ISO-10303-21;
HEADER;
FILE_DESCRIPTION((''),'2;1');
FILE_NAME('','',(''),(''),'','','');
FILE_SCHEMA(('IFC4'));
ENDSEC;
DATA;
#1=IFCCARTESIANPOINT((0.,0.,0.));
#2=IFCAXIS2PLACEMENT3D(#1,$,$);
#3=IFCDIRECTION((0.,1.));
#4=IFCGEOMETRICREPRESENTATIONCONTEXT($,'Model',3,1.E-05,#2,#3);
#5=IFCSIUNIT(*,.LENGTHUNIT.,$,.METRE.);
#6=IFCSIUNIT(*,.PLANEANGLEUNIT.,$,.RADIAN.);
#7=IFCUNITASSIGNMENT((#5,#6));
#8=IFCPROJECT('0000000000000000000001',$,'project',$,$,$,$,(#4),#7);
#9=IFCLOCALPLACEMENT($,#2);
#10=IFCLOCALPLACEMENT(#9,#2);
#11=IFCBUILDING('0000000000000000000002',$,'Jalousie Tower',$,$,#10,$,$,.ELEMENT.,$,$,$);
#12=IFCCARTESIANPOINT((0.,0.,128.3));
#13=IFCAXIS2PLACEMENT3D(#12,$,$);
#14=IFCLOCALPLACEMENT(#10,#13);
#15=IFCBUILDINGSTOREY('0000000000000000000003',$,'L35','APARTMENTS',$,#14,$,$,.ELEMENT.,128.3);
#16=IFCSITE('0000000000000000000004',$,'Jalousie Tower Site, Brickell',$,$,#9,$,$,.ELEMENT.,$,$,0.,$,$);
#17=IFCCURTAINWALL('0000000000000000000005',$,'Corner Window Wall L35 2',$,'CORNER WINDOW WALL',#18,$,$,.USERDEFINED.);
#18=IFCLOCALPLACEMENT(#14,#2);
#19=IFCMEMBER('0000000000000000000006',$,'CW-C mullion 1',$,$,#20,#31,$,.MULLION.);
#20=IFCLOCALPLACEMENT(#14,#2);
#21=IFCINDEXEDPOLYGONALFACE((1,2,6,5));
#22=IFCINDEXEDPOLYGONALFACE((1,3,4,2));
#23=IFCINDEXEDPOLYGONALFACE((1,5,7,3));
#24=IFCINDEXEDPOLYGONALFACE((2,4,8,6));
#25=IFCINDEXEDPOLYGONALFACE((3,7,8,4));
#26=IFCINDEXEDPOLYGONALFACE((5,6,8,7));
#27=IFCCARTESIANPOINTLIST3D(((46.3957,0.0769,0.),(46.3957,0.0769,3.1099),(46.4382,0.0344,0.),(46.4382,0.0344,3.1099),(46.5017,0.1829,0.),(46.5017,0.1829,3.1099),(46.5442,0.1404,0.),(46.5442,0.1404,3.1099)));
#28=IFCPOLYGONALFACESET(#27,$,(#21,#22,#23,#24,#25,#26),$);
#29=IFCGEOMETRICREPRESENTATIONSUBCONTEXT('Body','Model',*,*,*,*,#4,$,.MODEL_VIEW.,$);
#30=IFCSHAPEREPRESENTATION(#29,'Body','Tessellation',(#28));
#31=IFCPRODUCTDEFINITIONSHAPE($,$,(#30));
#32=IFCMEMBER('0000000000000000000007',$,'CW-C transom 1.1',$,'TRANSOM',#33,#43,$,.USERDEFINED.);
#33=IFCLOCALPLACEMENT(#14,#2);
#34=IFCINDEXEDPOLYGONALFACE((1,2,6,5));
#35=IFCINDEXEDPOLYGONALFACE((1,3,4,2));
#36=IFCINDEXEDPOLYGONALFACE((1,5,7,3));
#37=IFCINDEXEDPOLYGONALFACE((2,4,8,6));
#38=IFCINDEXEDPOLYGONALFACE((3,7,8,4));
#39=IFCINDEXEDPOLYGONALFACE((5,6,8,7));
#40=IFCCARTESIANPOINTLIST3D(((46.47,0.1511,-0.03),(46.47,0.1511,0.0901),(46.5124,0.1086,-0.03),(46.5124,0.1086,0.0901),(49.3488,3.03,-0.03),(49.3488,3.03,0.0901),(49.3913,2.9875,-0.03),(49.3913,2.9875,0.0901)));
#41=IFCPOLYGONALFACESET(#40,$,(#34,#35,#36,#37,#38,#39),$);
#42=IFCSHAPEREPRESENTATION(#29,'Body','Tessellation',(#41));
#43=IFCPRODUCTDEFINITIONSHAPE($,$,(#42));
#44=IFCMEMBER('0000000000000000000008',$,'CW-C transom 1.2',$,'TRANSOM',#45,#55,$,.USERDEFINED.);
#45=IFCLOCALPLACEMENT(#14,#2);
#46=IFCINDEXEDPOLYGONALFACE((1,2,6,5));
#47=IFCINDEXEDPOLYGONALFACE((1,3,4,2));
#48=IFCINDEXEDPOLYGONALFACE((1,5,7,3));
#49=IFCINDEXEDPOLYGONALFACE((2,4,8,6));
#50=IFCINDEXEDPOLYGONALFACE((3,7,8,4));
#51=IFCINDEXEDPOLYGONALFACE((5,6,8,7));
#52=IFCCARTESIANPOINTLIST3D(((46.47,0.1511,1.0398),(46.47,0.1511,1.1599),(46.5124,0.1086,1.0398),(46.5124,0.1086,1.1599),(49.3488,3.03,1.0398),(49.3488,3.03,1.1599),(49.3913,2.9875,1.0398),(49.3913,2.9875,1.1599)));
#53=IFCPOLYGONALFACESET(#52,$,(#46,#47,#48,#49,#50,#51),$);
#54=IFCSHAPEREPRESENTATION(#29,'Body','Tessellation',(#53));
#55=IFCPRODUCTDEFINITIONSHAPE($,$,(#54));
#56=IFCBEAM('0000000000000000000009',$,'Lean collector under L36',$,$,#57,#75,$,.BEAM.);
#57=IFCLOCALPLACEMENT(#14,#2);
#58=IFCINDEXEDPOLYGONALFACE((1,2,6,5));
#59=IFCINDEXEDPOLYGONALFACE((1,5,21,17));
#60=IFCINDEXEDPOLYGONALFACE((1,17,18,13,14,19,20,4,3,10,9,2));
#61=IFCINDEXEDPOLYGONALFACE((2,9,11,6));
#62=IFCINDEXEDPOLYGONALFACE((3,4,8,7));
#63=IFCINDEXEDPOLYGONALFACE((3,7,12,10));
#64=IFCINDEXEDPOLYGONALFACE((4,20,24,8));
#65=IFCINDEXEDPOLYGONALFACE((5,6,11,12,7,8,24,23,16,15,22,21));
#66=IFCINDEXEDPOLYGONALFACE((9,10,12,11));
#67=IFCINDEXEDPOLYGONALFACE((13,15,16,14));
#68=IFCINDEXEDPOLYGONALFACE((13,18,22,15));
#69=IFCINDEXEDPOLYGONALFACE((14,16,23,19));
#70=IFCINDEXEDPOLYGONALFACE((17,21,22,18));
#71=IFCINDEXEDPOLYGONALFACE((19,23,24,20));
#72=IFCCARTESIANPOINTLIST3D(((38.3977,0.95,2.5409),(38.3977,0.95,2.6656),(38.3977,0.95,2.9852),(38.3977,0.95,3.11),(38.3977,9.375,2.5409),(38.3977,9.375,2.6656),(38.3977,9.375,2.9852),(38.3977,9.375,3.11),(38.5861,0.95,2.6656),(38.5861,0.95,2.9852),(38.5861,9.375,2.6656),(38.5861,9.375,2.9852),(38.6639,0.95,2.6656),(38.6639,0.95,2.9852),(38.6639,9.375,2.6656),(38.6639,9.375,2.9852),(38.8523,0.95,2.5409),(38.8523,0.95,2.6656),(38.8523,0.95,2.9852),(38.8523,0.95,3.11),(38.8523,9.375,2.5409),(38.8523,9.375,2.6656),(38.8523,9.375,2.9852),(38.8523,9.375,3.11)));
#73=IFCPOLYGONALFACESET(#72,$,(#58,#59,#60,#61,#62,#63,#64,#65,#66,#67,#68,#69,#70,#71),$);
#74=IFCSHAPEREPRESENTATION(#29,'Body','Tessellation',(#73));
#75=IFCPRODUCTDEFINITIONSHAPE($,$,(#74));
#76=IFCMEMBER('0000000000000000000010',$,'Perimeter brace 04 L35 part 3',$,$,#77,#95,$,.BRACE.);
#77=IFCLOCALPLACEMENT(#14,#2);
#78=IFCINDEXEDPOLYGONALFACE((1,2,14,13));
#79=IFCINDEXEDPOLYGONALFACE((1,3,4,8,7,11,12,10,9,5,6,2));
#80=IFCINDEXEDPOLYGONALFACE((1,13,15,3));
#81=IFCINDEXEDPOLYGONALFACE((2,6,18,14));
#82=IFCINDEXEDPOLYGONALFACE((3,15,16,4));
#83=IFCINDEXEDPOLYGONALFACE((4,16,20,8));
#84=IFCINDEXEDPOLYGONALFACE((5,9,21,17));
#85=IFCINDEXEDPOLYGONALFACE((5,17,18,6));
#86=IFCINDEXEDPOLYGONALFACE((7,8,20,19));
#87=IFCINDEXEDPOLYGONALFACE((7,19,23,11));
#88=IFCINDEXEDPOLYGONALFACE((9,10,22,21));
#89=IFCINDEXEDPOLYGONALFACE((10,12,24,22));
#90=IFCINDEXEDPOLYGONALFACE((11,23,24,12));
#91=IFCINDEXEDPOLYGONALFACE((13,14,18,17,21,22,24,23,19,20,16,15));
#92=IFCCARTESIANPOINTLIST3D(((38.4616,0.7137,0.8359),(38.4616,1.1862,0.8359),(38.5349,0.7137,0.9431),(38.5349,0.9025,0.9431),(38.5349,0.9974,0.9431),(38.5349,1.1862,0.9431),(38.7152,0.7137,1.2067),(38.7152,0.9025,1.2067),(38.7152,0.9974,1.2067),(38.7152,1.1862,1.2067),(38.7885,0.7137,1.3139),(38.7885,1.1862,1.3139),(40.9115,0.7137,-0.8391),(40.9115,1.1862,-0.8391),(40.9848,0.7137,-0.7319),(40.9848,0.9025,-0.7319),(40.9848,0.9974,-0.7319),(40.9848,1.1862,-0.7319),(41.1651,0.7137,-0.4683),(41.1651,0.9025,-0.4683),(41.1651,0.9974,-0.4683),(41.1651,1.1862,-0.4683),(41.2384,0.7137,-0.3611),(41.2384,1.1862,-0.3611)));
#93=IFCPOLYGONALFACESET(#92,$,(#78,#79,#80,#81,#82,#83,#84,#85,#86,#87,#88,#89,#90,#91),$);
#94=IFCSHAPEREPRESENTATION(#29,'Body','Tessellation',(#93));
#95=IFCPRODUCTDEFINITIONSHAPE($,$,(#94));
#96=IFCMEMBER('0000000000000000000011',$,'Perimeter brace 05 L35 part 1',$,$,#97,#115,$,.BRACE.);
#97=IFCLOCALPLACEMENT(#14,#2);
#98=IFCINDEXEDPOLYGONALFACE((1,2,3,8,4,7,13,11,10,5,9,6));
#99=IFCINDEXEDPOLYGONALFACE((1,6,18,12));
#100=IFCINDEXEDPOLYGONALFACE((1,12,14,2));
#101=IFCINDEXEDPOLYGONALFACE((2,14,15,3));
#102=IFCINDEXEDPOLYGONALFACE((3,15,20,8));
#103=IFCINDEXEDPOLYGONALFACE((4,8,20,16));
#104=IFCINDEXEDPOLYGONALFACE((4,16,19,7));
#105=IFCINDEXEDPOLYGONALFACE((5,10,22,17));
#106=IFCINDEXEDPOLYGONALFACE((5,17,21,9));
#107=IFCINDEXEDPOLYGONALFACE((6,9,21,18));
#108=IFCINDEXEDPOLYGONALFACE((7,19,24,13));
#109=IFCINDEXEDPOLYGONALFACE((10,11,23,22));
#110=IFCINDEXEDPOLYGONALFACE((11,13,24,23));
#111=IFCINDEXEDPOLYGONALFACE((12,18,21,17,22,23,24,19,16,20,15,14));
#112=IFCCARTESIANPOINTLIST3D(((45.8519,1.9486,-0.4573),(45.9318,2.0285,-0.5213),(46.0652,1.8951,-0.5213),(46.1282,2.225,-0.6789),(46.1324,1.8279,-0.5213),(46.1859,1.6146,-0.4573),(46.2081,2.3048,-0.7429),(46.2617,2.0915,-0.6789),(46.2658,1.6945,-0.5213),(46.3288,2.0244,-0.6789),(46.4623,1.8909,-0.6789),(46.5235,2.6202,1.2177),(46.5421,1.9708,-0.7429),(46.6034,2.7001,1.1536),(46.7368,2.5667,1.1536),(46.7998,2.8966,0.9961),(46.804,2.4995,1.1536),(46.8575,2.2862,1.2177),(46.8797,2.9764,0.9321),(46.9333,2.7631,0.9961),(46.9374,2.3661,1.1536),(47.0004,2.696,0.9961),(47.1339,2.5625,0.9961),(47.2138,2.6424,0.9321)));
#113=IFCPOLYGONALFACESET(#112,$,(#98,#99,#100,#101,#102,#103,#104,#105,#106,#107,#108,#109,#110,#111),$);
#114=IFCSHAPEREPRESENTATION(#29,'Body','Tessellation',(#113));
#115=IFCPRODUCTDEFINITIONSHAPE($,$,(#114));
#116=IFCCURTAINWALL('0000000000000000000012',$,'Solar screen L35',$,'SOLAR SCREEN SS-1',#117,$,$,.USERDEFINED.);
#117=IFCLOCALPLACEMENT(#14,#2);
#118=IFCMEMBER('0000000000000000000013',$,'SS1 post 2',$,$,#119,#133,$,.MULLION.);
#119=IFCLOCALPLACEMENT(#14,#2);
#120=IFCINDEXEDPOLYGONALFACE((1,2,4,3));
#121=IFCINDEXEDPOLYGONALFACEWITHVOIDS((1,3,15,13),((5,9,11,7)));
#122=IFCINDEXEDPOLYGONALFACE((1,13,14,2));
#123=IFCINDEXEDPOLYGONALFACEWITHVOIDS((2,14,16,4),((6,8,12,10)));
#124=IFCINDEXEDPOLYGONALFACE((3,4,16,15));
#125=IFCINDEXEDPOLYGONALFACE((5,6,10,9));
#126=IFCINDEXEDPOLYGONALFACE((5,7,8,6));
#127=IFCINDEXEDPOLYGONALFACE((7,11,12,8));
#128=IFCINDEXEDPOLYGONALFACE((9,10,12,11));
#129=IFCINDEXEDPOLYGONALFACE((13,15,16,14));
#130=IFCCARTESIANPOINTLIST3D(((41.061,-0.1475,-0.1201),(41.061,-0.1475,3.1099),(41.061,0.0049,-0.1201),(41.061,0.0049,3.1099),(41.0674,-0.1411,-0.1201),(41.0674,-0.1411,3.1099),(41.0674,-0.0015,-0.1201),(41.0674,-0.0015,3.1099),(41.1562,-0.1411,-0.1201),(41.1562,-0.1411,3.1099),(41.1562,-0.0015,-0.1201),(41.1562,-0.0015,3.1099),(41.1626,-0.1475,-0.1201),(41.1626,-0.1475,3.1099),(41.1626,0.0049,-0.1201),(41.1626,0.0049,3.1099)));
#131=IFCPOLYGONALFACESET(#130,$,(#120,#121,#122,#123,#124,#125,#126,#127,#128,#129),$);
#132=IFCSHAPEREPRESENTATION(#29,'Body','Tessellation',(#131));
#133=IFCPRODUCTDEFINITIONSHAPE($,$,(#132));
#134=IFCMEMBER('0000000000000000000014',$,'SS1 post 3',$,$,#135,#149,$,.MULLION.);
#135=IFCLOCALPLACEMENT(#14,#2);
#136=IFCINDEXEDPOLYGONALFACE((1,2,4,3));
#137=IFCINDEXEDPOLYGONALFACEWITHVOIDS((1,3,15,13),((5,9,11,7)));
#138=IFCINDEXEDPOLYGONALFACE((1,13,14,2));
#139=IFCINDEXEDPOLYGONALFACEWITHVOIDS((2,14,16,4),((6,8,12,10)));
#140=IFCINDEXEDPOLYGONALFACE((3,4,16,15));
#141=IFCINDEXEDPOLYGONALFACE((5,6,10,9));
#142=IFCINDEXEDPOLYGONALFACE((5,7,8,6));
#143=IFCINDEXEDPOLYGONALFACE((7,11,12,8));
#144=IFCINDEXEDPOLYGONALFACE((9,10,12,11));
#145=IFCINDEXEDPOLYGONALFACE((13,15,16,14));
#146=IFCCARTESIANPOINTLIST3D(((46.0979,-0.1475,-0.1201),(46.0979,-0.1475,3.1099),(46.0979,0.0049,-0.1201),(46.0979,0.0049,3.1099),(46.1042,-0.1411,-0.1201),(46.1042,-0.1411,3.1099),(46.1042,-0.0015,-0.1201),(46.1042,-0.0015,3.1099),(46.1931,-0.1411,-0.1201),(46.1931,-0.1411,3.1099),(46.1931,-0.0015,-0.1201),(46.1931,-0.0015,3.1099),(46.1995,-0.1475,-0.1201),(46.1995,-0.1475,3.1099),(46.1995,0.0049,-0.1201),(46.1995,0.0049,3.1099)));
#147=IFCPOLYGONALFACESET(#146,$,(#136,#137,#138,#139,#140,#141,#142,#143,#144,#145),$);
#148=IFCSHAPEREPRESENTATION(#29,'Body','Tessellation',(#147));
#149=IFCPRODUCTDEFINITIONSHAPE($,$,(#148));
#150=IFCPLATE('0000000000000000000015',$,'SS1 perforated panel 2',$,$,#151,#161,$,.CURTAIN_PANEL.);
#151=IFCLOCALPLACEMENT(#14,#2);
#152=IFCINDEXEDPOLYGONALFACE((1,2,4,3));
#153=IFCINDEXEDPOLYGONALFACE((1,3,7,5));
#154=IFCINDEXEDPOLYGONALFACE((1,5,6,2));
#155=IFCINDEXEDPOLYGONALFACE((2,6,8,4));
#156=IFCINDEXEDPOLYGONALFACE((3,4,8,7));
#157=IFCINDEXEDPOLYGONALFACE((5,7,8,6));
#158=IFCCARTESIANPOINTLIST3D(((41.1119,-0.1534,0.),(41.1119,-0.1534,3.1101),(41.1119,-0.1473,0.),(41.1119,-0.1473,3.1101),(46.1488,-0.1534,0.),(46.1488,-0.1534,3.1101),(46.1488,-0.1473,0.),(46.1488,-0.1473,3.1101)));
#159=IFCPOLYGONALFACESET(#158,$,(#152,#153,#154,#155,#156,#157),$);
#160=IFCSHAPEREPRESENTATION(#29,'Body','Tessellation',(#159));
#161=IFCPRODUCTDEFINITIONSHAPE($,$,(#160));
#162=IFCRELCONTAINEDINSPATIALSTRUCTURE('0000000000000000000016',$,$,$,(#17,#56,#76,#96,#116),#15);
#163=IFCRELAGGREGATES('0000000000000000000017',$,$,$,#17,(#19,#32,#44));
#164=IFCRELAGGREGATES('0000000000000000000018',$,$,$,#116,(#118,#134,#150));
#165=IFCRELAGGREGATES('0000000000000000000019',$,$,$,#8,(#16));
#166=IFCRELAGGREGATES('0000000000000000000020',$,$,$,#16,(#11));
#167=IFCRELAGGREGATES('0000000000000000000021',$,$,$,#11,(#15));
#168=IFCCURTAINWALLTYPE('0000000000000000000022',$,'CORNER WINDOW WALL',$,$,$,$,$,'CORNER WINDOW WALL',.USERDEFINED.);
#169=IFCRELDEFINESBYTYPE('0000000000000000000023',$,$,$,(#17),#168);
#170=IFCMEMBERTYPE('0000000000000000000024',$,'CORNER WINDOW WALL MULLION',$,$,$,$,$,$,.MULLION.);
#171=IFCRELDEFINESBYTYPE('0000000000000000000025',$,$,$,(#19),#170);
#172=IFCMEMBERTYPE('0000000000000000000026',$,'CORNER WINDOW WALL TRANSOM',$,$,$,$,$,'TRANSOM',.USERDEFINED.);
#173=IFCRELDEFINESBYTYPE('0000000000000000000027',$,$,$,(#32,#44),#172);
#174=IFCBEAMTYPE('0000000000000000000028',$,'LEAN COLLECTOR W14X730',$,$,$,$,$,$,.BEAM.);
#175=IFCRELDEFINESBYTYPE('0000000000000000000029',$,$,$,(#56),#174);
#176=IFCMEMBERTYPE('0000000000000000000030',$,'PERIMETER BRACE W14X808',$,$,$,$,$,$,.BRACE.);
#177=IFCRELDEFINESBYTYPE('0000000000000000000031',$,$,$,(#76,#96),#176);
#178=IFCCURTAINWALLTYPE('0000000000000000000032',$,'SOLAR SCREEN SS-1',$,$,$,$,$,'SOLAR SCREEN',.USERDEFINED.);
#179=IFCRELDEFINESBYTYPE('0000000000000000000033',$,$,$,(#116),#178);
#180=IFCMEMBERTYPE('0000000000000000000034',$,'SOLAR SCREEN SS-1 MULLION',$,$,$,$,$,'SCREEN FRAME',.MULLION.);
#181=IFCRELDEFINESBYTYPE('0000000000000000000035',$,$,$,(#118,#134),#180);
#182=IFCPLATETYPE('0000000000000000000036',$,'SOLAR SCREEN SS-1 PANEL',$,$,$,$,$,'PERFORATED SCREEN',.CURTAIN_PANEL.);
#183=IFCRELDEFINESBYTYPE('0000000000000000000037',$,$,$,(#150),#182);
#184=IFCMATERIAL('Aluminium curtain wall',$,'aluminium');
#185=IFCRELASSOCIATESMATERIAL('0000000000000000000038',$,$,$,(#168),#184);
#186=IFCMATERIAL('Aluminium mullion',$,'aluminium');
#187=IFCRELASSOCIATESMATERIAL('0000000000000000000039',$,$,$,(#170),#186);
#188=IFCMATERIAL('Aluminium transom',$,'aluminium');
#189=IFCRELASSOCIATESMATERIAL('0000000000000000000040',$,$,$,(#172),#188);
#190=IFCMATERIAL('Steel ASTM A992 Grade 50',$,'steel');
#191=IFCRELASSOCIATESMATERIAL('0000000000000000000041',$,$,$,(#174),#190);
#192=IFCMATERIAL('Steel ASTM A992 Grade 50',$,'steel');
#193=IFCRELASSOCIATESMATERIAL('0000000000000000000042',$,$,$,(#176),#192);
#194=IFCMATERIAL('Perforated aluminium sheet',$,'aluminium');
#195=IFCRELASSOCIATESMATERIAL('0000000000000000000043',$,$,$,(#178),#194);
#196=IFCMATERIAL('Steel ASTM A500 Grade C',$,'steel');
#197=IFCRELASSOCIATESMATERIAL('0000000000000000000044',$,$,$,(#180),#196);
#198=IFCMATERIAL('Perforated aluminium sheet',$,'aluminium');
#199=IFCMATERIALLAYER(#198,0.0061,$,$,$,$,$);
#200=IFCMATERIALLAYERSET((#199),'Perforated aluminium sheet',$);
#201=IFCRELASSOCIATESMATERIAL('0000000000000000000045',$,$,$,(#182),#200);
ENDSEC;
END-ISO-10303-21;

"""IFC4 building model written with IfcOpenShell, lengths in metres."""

from ifc_helpers import new_model, si_unit, direction, frame, origin, origin_2d, place, context, subcontext, project, spatial, rectangle, hollow_rectangle, i_section, extrude, material, layer, layer_set, material_profile, profile_set, type_object, element, aggregate, save


model = new_model("IFC4")

# Units and contexts
model_context = context("Model", 3, precision=1e-05, world=origin(), true_north=direction((0.0, 1.0)))
body_context = subcontext(model_context, "Body", "Model", "MODEL_VIEW")
ifc_project = project(units=[si_unit("LENGTHUNIT", "METRE"), si_unit("PLANEANGLEUNIT", "RADIAN")], contexts=[model_context])

# Site, building, storey
site_placement = place(None, origin())
site = spatial("IfcSite", under=ifc_project, at=site_placement, Name="Jalousie Tower Site, Brickell", CompositionType="ELEMENT", RefElevation=0.0)
building_placement = place(site_placement, origin())
building = spatial("IfcBuilding", under=site, at=building_placement, Name="Jalousie Tower", CompositionType="ELEMENT")
storey_placement = place(building_placement, frame((0.0, 0.0, 128.3)))
storey = spatial("IfcBuildingStorey", under=building, at=storey_placement, Name="L35", Description="APARTMENTS", CompositionType="ELEMENT", Elevation=128.3)

# Curtain wall, members
ifc_material_1 = material(Name="Aluminium curtain wall", Category="aluminium")
curtain_wall_type_1 = type_object("IfcCurtainWallType", Name="CORNER WINDOW WALL", ElementType="CORNER WINDOW WALL", PredefinedType="USERDEFINED", material=ifc_material_1)
curtain_wall_1_placement = place(storey_placement, origin())
curtain_wall_1 = element("IfcCurtainWall", 1, at=curtain_wall_1_placement, inside=storey, type_object=curtain_wall_type_1, Name="Corner Window Wall L35 2", ObjectType="CORNER WINDOW WALL", PredefinedType="USERDEFINED")
ifc_material_2 = material(Name="Aluminium mullion", Category="aluminium")
ifc_material_profile_1 = material_profile(ifc_material_2, rectangle(XDim=0.0601, YDim=0.1499, at=origin_2d()), Name="MULLION 60x150")
ifc_profile_set_1 = profile_set([ifc_material_profile_1], Name="Aluminium mullion")
member_type_1 = type_object("IfcMemberType", Name="CORNER WINDOW WALL MULLION", PredefinedType="MULLION", material=ifc_profile_set_1)
member_1_placement = place(storey_placement, frame((46.47, 0.1086, 0.0), z_axis=(0.0, 0.0, 1.0), x_axis=(-0.707107, 0.707107, 0.0)))
member_1 = element("IfcMember", 2, at=member_1_placement, type_object=member_type_1, Name="CW-C mullion 1", PredefinedType="MULLION", context=body_context, shape_type="SweptSolid", body=[
    extrude(rectangle(XDim=0.0601, YDim=0.1499, at=origin_2d()), origin(), (0.0, 0.0, 1.0), 3.1099),
])
ifc_material_3 = material(Name="Aluminium transom", Category="aluminium")
ifc_material_profile_2 = material_profile(ifc_material_3, rectangle(XDim=0.0601, YDim=0.1201, at=origin_2d()), Name="TRANSOM 60x120")
ifc_profile_set_2 = profile_set([ifc_material_profile_2], Name="Aluminium transom")
member_type_2 = type_object("IfcMemberType", Name="CORNER WINDOW WALL TRANSOM", ElementType="TRANSOM", PredefinedType="USERDEFINED", material=ifc_profile_set_2)
member_2_placement = place(storey_placement, frame((46.4912, 0.1299, 0.03), z_axis=(0.707107, 0.707107, 0.0), x_axis=(-0.707107, 0.707107, 0.0)))
member_2 = element("IfcMember", 3, at=member_2_placement, type_object=member_type_2, Name="CW-C transom 1.1", ObjectType="TRANSOM", PredefinedType="USERDEFINED", context=body_context, shape_type="SweptSolid", body=[
    extrude(rectangle(XDim=0.0601, YDim=0.1201, at=origin_2d()), origin(), (0.0, 0.0, 1.0), 4.0713),
])
member_3_placement = place(storey_placement, frame((46.4912, 0.1299, 1.0999), z_axis=(0.707107, 0.707107, 0.0), x_axis=(-0.707107, 0.707107, 0.0)))
member_3 = element("IfcMember", 4, at=member_3_placement, type_object=member_type_2, Name="CW-C transom 1.2", ObjectType="TRANSOM", PredefinedType="USERDEFINED", context=body_context, shape_type="SweptSolid", body=[
    extrude(rectangle(XDim=0.0601, YDim=0.1201, at=origin_2d()), origin(), (0.0, 0.0, 1.0), 4.0713),
])
aggregate(curtain_wall_1, [member_1, member_2, member_3])

# Beam
ifc_material_4 = material(Name="Steel ASTM A992 Grade 50", Category="steel")
ifc_material_profile_3 = material_profile(ifc_material_4, i_section(OverallWidth=0.4546, OverallDepth=0.5691, WebThickness=0.0779, FlangeThickness=0.1248, at=origin_2d()), Name="W14X730")
ifc_profile_set_3 = profile_set([ifc_material_profile_3], Name="Steel ASTM A992 Grade 50")
beam_type = type_object("IfcBeamType", Name="LEAN COLLECTOR W14X730", PredefinedType="BEAM", material=ifc_profile_set_3)
beam_placement = place(storey_placement, frame((38.625, 0.95, 2.8254), z_axis=(0.0, 1.0, 0.0), x_axis=(-1.0, 0.0, 0.0)))
element("IfcBeam", 5, at=beam_placement, inside=storey, type_object=beam_type, Name="Lean collector under L36", PredefinedType="BEAM", context=body_context, shape_type="SweptSolid", body=[
    extrude(i_section(OverallWidth=0.4546, OverallDepth=0.5691, WebThickness=0.0779, FlangeThickness=0.1248, at=origin_2d()), origin(), (0.0, 0.0, 1.0), 8.425),
])

# Members
ifc_material_5 = material(Name="Steel ASTM A992 Grade 50", Category="steel")
ifc_material_profile_4 = material_profile(ifc_material_5, i_section(OverallWidth=0.4724, OverallDepth=0.5791, WebThickness=0.095, FlangeThickness=0.1299, at=origin_2d()), Name="W14X808")
ifc_profile_set_4 = profile_set([ifc_material_profile_4], Name="Steel ASTM A992 Grade 50")
member_type_3 = type_object("IfcMemberType", Name="PERIMETER BRACE W14X808", PredefinedType="BRACE", material=ifc_profile_set_4)
member_4_placement = place(storey_placement, frame((41.075, 0.95, -0.6001), z_axis=(-0.825501, 0.0, 0.564401), x_axis=(0.0, -1.0, 0.0)))
element("IfcMember", 6, at=member_4_placement, inside=storey, type_object=member_type_3, Name="Perimeter brace 04 L35 part 3", PredefinedType="BRACE", context=body_context, shape_type="SweptSolid", body=[
    extrude(i_section(OverallWidth=0.4724, OverallDepth=0.5791, WebThickness=0.095, FlangeThickness=0.1299, at=origin_2d()), origin(), (0.0, 0.0, 1.0), 2.9678),
])
member_5_placement = place(storey_placement, frame((46.197, 1.9597, -0.6001), z_axis=(0.348789, 0.348789, 0.869881), x_axis=(-0.707107, 0.707107, 0.0)))
element("IfcMember", 7, at=member_5_placement, inside=storey, type_object=member_type_3, Name="Perimeter brace 05 L35 part 1", PredefinedType="BRACE", context=body_context, shape_type="SweptSolid", body=[
    extrude(i_section(OverallWidth=0.4724, OverallDepth=0.5791, WebThickness=0.095, FlangeThickness=0.1299, at=origin_2d()), origin(), (0.0, 0.0, 1.0), 1.9255),
])

# Curtain wall, members, plate
ifc_material_6 = material(Name="Perforated aluminium sheet", Category="aluminium")
curtain_wall_type_2 = type_object("IfcCurtainWallType", Name="SOLAR SCREEN SS-1", ElementType="SOLAR SCREEN", PredefinedType="USERDEFINED", material=ifc_material_6)
curtain_wall_2_placement = place(storey_placement, origin())
curtain_wall_2 = element("IfcCurtainWall", 8, at=curtain_wall_2_placement, inside=storey, type_object=curtain_wall_type_2, Name="Solar screen L35", ObjectType="SOLAR SCREEN SS-1", PredefinedType="USERDEFINED")
ifc_material_7 = material(Name="Steel ASTM A500 Grade C", Category="steel")
ifc_material_profile_5 = material_profile(ifc_material_7, hollow_rectangle(XDim=0.1016, YDim=0.1523, WallThickness=0.0063, at=origin_2d()), Name="HSS6X4X1/4")
ifc_profile_set_5 = profile_set([ifc_material_profile_5], Name="Steel ASTM A500 Grade C")
member_type_4 = type_object("IfcMemberType", Name="SOLAR SCREEN SS-1 MULLION", ElementType="SCREEN FRAME", PredefinedType="MULLION", material=ifc_profile_set_5)
member_6_placement = place(storey_placement, frame((41.1118, -0.0713, -0.1201), z_axis=(0.0, 0.0, 1.0), x_axis=(1.0, 0.0, 0.0)))
member_6 = element("IfcMember", 9, at=member_6_placement, type_object=member_type_4, Name="SS1 post 2", PredefinedType="MULLION", context=body_context, shape_type="SweptSolid", body=[
    extrude(hollow_rectangle(XDim=0.1016, YDim=0.1523, WallThickness=0.0063, at=origin_2d()), origin(), (0.0, 0.0, 1.0), 3.23),
])
member_7_placement = place(storey_placement, frame((46.1487, -0.0713, -0.1201), z_axis=(0.0, 0.0, 1.0), x_axis=(1.0, 0.0, 0.0)))
member_7 = element("IfcMember", 10, at=member_7_placement, type_object=member_type_4, Name="SS1 post 3", PredefinedType="MULLION", context=body_context, shape_type="SweptSolid", body=[
    extrude(hollow_rectangle(XDim=0.1016, YDim=0.1523, WallThickness=0.0063, at=origin_2d()), origin(), (0.0, 0.0, 1.0), 3.23),
])
ifc_material_8 = material(Name="Perforated aluminium sheet", Category="aluminium")
ifc_layer = layer(ifc_material_8, 0.0061)
ifc_layer_set = layer_set([ifc_layer], Name="Perforated aluminium sheet")
plate_type = type_object("IfcPlateType", Name="SOLAR SCREEN SS-1 PANEL", ElementType="PERFORATED SCREEN", PredefinedType="CURTAIN_PANEL", material=ifc_layer_set)
plate_placement = place(storey_placement, frame((43.6304, -0.1504, 0.0), z_axis=(0.0, 0.0, 1.0), x_axis=(1.0, 0.0, 0.0)))
plate = element("IfcPlate", 11, at=plate_placement, type_object=plate_type, Name="SS1 perforated panel 2", PredefinedType="CURTAIN_PANEL", context=body_context, shape_type="SweptSolid", body=[
    extrude(rectangle(XDim=5.0369, YDim=0.0061, at=origin_2d()), origin(), (0.0, 0.0, 1.0), 3.1101),
])
aggregate(curtain_wall_2, [member_6, member_7, plate])

save(model, "model.ifc")
